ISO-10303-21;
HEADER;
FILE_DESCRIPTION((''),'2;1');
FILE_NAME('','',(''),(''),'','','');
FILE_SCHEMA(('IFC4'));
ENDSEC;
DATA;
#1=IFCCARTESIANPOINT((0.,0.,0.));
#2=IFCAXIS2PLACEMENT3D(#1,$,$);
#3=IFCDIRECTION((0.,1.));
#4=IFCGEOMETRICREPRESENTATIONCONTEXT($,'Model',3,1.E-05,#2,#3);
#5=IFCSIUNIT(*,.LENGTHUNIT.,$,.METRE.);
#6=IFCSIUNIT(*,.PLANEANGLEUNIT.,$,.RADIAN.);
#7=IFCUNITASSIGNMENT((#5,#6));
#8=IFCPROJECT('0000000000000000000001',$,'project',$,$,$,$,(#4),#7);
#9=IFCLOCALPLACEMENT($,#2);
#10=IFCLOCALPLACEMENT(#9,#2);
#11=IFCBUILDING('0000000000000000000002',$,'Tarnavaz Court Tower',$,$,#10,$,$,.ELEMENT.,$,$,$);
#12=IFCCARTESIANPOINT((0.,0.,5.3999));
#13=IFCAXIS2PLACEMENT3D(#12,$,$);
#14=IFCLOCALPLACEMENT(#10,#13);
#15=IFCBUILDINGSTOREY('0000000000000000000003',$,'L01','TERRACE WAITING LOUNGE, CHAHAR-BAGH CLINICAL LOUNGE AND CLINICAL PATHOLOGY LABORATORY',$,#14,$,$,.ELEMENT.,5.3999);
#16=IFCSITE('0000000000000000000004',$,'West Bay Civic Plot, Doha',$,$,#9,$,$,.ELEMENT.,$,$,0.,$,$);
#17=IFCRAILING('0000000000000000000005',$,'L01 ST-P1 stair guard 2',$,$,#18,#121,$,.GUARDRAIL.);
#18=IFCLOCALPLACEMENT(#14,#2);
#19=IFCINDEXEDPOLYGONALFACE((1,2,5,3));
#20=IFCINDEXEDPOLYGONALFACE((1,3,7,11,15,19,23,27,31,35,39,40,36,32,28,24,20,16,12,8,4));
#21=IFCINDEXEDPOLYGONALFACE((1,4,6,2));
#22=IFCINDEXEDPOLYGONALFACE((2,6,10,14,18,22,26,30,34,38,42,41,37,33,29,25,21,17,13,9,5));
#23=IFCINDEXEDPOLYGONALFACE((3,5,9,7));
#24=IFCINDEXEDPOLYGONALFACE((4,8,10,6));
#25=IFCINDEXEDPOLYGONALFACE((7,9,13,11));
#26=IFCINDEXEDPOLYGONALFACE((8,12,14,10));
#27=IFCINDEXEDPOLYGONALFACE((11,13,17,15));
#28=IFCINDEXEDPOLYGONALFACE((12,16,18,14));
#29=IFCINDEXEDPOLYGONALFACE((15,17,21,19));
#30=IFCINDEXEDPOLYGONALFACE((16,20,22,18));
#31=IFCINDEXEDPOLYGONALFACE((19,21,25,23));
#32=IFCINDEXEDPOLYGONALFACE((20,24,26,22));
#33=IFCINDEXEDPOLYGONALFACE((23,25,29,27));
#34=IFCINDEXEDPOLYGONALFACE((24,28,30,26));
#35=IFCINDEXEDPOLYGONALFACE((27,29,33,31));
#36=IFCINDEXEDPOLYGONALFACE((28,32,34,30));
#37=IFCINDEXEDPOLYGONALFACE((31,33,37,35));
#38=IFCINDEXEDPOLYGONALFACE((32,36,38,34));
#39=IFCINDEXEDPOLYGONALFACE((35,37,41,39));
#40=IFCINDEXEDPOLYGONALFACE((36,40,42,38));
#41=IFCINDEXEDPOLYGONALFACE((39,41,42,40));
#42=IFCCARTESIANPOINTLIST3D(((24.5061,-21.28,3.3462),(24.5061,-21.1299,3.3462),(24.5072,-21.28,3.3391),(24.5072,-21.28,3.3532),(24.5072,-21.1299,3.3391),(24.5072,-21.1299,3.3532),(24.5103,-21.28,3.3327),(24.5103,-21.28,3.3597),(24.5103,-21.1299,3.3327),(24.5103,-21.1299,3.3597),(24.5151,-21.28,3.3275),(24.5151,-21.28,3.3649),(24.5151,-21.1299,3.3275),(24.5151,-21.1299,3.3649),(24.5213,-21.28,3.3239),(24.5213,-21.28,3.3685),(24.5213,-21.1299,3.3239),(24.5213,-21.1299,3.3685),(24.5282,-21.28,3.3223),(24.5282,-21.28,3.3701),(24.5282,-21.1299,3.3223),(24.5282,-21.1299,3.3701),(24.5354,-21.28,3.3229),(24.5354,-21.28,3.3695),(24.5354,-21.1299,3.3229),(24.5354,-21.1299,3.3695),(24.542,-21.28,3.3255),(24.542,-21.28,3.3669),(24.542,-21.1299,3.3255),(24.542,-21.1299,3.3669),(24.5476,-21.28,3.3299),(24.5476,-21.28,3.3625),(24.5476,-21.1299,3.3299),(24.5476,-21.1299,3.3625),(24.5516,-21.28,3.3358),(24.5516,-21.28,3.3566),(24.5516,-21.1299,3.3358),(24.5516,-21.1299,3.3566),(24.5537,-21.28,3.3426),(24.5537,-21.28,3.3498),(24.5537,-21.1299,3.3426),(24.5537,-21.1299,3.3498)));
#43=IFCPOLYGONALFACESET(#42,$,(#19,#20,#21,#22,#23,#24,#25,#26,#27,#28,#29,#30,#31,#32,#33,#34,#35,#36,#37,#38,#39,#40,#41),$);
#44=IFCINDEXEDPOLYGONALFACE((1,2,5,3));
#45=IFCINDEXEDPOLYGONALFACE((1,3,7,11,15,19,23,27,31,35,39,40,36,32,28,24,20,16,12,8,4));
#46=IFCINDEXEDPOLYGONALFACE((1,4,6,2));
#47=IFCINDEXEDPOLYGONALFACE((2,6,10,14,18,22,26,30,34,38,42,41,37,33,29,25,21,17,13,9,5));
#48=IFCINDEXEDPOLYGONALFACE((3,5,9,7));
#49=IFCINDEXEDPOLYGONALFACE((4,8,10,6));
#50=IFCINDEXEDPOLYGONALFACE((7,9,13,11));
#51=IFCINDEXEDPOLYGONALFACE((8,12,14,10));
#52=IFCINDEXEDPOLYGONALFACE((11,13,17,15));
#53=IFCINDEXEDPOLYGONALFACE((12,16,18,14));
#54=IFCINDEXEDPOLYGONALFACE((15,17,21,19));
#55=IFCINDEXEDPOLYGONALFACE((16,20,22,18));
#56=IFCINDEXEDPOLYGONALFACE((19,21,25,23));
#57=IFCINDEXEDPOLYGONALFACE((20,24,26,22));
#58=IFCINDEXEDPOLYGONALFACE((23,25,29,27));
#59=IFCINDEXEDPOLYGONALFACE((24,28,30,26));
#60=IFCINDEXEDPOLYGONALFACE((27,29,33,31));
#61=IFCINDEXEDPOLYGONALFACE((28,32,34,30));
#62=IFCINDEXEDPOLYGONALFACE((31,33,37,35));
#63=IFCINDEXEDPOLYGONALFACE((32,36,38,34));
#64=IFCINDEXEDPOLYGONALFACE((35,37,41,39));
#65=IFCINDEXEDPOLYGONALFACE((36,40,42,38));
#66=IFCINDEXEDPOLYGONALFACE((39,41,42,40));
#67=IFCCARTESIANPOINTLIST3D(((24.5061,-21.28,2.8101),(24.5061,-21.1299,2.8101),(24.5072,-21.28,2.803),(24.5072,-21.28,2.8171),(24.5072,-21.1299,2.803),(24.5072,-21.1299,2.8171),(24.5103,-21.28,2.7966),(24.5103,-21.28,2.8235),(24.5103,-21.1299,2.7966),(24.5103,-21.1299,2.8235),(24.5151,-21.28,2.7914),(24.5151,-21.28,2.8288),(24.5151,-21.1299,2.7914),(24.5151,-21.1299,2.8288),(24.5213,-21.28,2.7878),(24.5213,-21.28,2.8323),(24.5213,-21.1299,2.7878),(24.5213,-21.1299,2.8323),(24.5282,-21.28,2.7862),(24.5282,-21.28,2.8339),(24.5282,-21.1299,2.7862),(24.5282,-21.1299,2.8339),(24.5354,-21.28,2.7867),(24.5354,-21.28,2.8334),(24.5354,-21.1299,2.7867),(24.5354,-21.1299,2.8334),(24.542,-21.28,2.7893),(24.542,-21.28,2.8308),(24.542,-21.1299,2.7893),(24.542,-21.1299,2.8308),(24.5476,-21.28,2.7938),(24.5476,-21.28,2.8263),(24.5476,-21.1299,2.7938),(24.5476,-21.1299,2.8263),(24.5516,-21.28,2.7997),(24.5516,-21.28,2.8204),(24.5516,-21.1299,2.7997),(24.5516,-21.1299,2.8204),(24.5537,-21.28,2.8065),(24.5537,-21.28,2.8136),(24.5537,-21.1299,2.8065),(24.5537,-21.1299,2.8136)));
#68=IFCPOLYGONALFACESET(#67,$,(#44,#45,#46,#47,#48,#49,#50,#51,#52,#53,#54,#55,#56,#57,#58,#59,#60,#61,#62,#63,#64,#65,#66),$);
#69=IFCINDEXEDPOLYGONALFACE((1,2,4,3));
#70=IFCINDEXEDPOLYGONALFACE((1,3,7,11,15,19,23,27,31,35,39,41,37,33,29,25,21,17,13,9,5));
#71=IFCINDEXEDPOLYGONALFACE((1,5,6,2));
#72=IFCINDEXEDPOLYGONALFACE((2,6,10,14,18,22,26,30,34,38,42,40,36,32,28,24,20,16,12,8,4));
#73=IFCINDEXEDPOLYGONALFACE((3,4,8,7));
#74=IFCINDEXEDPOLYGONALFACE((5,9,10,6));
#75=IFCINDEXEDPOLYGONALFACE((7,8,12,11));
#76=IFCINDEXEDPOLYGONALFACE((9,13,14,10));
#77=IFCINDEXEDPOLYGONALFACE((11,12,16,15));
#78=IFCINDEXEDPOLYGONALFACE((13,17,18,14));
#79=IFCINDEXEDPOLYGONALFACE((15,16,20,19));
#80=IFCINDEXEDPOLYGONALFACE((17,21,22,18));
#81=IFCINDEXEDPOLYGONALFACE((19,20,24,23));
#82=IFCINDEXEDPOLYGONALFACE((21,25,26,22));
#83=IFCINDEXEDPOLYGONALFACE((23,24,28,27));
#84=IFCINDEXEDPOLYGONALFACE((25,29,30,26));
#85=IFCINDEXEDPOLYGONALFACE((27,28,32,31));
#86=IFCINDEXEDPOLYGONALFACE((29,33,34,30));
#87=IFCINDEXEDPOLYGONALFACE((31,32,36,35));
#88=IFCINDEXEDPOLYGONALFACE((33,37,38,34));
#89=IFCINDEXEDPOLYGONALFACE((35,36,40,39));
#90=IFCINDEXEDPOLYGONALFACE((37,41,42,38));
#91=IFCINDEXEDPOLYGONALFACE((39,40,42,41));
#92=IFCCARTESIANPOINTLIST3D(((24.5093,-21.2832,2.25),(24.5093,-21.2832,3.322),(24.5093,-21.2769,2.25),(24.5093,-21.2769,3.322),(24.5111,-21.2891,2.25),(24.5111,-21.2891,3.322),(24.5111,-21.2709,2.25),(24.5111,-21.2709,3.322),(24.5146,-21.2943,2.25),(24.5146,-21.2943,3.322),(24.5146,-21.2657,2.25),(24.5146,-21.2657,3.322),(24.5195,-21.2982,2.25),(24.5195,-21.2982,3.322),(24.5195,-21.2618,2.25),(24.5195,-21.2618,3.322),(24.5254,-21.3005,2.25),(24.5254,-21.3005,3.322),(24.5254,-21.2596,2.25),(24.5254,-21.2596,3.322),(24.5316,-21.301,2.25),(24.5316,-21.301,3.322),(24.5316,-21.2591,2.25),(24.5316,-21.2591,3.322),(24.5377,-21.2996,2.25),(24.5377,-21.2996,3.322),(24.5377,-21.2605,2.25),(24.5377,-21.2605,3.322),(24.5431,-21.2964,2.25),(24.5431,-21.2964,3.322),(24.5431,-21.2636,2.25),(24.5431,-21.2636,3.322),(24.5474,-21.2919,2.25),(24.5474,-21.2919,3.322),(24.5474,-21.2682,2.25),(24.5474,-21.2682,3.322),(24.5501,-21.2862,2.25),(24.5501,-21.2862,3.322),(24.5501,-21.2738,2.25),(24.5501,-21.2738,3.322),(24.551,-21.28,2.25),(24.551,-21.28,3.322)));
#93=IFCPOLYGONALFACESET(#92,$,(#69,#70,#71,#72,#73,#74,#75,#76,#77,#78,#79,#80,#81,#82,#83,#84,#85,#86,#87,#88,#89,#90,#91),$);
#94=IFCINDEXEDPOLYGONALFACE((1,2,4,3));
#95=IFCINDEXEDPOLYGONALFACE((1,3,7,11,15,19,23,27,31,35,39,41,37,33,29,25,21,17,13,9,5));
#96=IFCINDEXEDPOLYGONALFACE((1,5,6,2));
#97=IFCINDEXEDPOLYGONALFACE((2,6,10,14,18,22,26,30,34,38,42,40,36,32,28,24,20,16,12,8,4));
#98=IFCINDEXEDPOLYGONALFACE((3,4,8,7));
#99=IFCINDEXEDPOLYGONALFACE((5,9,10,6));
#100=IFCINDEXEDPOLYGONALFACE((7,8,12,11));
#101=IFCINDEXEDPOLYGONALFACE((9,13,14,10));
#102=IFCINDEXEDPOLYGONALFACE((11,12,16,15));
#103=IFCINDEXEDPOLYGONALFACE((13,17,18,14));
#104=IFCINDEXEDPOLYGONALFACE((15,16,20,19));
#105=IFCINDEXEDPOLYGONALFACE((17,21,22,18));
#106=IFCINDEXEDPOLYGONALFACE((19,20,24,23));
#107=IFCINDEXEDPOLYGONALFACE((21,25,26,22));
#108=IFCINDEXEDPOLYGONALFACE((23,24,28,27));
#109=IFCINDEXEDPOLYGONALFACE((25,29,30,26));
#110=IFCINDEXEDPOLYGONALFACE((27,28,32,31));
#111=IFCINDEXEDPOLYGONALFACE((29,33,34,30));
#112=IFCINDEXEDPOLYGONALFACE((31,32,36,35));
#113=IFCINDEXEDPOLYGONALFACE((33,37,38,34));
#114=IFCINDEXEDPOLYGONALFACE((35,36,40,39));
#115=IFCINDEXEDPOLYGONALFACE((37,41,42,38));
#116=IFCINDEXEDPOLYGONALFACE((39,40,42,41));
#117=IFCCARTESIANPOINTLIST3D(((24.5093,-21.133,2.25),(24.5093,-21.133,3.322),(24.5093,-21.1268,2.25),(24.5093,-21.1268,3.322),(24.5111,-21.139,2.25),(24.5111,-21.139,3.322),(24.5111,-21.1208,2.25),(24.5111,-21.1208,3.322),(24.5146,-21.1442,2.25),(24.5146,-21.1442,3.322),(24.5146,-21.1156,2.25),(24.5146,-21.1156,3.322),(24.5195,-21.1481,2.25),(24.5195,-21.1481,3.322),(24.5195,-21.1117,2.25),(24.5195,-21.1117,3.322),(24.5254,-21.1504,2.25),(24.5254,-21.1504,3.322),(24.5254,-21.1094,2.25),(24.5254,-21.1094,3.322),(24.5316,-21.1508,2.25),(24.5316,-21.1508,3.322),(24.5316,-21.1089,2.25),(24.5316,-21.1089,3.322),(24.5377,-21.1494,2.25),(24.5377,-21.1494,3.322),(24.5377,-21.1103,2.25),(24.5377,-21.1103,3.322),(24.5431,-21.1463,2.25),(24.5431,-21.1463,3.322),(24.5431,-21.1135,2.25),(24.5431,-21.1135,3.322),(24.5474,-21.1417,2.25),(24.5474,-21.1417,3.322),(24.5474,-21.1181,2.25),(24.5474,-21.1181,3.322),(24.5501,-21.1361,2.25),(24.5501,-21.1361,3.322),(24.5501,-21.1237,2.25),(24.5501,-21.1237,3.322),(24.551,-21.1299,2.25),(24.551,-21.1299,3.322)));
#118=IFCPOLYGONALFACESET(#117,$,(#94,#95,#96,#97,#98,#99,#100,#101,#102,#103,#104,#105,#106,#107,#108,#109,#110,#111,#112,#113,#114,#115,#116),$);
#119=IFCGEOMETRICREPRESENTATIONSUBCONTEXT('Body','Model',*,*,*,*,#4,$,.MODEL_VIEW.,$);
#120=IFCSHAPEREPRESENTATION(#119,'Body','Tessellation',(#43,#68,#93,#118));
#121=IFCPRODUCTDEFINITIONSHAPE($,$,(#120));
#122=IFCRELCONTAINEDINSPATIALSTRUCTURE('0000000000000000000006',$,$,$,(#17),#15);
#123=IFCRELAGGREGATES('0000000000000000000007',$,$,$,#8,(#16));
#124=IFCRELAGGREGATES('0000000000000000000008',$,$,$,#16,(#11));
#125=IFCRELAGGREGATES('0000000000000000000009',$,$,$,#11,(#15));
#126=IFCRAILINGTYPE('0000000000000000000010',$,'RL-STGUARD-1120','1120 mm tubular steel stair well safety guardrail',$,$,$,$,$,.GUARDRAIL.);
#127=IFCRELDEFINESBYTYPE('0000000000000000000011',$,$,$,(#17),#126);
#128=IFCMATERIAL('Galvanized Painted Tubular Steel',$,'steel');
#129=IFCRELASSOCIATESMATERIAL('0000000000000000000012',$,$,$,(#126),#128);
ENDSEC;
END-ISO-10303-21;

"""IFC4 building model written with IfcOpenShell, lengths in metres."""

from ifc_helpers import new_model, si_unit, direction, frame, origin, origin_2d, place, context, subcontext, project, spatial, circle, extrude, material, type_object, element, save


model = new_model("IFC4")

# Units and contexts
model_context = context("Model", 3, precision=1e-05, world=origin(), true_north=direction((0.0, 1.0)))
body_context = subcontext(model_context, "Body", "Model", "MODEL_VIEW")
ifc_project = project(units=[si_unit("LENGTHUNIT", "METRE"), si_unit("PLANEANGLEUNIT", "RADIAN")], contexts=[model_context])

# Site, building, storey
site_placement = place(None, origin())
site = spatial("IfcSite", under=ifc_project, at=site_placement, Name="West Bay Civic Plot, Doha", CompositionType="ELEMENT", RefElevation=0.0)
building_placement = place(site_placement, origin())
building = spatial("IfcBuilding", under=site, at=building_placement, Name="Tarnavaz Court Tower", CompositionType="ELEMENT")
storey_placement = place(building_placement, frame((0.0, 0.0, 5.3999)))
storey = spatial("IfcBuildingStorey", under=building, at=storey_placement, Name="L01", Description="TERRACE WAITING LOUNGE, CHAHAR-BAGH CLINICAL LOUNGE AND CLINICAL PATHOLOGY LABORATORY", CompositionType="ELEMENT", Elevation=5.3999)

# Railing
ifc_material_1 = material(Name="Galvanized Painted Tubular Steel", Category="steel")
railing_type_1 = type_object("IfcRailingType", Name="RL-STGUARD-1120", Description="1120 mm tubular steel stair well safety guardrail", PredefinedType="GUARDRAIL", material=ifc_material_1)
railing_1_placement = place(storey_placement, frame((24.53, -21.28, 2.25)))
element("IfcRailing", 1, at=railing_1_placement, inside=storey, type_object=railing_type_1, Name="L01 ST-P1 stair guard 2", PredefinedType="GUARDRAIL", context=body_context, shape_type="SweptSolid", body=[
    extrude(circle(Radius=0.0239, at=origin_2d()), frame((0.0, 0.0, 1.0962), z_axis=(0.0, 1.0, 0.0), x_axis=(-1.0, 0.0, 0.0)), (0.0, 0.0, 1.0), 0.1501),
    extrude(circle(Radius=0.0239, at=origin_2d()), frame((0.0, 0.0, 0.5601), z_axis=(0.0, 1.0, 0.0), x_axis=(-1.0, 0.0, 0.0)), (0.0, 0.0, 1.0), 0.1501),
    extrude(circle(Radius=0.021, at=origin_2d()), origin(), (0.0, 0.0, 1.0), 1.072),
    extrude(circle(Radius=0.021, at=origin_2d()), frame((0.0, 0.1501, 0.0)), (0.0, 0.0, 1.0), 1.072),
])

save(model, "model.ifc")
